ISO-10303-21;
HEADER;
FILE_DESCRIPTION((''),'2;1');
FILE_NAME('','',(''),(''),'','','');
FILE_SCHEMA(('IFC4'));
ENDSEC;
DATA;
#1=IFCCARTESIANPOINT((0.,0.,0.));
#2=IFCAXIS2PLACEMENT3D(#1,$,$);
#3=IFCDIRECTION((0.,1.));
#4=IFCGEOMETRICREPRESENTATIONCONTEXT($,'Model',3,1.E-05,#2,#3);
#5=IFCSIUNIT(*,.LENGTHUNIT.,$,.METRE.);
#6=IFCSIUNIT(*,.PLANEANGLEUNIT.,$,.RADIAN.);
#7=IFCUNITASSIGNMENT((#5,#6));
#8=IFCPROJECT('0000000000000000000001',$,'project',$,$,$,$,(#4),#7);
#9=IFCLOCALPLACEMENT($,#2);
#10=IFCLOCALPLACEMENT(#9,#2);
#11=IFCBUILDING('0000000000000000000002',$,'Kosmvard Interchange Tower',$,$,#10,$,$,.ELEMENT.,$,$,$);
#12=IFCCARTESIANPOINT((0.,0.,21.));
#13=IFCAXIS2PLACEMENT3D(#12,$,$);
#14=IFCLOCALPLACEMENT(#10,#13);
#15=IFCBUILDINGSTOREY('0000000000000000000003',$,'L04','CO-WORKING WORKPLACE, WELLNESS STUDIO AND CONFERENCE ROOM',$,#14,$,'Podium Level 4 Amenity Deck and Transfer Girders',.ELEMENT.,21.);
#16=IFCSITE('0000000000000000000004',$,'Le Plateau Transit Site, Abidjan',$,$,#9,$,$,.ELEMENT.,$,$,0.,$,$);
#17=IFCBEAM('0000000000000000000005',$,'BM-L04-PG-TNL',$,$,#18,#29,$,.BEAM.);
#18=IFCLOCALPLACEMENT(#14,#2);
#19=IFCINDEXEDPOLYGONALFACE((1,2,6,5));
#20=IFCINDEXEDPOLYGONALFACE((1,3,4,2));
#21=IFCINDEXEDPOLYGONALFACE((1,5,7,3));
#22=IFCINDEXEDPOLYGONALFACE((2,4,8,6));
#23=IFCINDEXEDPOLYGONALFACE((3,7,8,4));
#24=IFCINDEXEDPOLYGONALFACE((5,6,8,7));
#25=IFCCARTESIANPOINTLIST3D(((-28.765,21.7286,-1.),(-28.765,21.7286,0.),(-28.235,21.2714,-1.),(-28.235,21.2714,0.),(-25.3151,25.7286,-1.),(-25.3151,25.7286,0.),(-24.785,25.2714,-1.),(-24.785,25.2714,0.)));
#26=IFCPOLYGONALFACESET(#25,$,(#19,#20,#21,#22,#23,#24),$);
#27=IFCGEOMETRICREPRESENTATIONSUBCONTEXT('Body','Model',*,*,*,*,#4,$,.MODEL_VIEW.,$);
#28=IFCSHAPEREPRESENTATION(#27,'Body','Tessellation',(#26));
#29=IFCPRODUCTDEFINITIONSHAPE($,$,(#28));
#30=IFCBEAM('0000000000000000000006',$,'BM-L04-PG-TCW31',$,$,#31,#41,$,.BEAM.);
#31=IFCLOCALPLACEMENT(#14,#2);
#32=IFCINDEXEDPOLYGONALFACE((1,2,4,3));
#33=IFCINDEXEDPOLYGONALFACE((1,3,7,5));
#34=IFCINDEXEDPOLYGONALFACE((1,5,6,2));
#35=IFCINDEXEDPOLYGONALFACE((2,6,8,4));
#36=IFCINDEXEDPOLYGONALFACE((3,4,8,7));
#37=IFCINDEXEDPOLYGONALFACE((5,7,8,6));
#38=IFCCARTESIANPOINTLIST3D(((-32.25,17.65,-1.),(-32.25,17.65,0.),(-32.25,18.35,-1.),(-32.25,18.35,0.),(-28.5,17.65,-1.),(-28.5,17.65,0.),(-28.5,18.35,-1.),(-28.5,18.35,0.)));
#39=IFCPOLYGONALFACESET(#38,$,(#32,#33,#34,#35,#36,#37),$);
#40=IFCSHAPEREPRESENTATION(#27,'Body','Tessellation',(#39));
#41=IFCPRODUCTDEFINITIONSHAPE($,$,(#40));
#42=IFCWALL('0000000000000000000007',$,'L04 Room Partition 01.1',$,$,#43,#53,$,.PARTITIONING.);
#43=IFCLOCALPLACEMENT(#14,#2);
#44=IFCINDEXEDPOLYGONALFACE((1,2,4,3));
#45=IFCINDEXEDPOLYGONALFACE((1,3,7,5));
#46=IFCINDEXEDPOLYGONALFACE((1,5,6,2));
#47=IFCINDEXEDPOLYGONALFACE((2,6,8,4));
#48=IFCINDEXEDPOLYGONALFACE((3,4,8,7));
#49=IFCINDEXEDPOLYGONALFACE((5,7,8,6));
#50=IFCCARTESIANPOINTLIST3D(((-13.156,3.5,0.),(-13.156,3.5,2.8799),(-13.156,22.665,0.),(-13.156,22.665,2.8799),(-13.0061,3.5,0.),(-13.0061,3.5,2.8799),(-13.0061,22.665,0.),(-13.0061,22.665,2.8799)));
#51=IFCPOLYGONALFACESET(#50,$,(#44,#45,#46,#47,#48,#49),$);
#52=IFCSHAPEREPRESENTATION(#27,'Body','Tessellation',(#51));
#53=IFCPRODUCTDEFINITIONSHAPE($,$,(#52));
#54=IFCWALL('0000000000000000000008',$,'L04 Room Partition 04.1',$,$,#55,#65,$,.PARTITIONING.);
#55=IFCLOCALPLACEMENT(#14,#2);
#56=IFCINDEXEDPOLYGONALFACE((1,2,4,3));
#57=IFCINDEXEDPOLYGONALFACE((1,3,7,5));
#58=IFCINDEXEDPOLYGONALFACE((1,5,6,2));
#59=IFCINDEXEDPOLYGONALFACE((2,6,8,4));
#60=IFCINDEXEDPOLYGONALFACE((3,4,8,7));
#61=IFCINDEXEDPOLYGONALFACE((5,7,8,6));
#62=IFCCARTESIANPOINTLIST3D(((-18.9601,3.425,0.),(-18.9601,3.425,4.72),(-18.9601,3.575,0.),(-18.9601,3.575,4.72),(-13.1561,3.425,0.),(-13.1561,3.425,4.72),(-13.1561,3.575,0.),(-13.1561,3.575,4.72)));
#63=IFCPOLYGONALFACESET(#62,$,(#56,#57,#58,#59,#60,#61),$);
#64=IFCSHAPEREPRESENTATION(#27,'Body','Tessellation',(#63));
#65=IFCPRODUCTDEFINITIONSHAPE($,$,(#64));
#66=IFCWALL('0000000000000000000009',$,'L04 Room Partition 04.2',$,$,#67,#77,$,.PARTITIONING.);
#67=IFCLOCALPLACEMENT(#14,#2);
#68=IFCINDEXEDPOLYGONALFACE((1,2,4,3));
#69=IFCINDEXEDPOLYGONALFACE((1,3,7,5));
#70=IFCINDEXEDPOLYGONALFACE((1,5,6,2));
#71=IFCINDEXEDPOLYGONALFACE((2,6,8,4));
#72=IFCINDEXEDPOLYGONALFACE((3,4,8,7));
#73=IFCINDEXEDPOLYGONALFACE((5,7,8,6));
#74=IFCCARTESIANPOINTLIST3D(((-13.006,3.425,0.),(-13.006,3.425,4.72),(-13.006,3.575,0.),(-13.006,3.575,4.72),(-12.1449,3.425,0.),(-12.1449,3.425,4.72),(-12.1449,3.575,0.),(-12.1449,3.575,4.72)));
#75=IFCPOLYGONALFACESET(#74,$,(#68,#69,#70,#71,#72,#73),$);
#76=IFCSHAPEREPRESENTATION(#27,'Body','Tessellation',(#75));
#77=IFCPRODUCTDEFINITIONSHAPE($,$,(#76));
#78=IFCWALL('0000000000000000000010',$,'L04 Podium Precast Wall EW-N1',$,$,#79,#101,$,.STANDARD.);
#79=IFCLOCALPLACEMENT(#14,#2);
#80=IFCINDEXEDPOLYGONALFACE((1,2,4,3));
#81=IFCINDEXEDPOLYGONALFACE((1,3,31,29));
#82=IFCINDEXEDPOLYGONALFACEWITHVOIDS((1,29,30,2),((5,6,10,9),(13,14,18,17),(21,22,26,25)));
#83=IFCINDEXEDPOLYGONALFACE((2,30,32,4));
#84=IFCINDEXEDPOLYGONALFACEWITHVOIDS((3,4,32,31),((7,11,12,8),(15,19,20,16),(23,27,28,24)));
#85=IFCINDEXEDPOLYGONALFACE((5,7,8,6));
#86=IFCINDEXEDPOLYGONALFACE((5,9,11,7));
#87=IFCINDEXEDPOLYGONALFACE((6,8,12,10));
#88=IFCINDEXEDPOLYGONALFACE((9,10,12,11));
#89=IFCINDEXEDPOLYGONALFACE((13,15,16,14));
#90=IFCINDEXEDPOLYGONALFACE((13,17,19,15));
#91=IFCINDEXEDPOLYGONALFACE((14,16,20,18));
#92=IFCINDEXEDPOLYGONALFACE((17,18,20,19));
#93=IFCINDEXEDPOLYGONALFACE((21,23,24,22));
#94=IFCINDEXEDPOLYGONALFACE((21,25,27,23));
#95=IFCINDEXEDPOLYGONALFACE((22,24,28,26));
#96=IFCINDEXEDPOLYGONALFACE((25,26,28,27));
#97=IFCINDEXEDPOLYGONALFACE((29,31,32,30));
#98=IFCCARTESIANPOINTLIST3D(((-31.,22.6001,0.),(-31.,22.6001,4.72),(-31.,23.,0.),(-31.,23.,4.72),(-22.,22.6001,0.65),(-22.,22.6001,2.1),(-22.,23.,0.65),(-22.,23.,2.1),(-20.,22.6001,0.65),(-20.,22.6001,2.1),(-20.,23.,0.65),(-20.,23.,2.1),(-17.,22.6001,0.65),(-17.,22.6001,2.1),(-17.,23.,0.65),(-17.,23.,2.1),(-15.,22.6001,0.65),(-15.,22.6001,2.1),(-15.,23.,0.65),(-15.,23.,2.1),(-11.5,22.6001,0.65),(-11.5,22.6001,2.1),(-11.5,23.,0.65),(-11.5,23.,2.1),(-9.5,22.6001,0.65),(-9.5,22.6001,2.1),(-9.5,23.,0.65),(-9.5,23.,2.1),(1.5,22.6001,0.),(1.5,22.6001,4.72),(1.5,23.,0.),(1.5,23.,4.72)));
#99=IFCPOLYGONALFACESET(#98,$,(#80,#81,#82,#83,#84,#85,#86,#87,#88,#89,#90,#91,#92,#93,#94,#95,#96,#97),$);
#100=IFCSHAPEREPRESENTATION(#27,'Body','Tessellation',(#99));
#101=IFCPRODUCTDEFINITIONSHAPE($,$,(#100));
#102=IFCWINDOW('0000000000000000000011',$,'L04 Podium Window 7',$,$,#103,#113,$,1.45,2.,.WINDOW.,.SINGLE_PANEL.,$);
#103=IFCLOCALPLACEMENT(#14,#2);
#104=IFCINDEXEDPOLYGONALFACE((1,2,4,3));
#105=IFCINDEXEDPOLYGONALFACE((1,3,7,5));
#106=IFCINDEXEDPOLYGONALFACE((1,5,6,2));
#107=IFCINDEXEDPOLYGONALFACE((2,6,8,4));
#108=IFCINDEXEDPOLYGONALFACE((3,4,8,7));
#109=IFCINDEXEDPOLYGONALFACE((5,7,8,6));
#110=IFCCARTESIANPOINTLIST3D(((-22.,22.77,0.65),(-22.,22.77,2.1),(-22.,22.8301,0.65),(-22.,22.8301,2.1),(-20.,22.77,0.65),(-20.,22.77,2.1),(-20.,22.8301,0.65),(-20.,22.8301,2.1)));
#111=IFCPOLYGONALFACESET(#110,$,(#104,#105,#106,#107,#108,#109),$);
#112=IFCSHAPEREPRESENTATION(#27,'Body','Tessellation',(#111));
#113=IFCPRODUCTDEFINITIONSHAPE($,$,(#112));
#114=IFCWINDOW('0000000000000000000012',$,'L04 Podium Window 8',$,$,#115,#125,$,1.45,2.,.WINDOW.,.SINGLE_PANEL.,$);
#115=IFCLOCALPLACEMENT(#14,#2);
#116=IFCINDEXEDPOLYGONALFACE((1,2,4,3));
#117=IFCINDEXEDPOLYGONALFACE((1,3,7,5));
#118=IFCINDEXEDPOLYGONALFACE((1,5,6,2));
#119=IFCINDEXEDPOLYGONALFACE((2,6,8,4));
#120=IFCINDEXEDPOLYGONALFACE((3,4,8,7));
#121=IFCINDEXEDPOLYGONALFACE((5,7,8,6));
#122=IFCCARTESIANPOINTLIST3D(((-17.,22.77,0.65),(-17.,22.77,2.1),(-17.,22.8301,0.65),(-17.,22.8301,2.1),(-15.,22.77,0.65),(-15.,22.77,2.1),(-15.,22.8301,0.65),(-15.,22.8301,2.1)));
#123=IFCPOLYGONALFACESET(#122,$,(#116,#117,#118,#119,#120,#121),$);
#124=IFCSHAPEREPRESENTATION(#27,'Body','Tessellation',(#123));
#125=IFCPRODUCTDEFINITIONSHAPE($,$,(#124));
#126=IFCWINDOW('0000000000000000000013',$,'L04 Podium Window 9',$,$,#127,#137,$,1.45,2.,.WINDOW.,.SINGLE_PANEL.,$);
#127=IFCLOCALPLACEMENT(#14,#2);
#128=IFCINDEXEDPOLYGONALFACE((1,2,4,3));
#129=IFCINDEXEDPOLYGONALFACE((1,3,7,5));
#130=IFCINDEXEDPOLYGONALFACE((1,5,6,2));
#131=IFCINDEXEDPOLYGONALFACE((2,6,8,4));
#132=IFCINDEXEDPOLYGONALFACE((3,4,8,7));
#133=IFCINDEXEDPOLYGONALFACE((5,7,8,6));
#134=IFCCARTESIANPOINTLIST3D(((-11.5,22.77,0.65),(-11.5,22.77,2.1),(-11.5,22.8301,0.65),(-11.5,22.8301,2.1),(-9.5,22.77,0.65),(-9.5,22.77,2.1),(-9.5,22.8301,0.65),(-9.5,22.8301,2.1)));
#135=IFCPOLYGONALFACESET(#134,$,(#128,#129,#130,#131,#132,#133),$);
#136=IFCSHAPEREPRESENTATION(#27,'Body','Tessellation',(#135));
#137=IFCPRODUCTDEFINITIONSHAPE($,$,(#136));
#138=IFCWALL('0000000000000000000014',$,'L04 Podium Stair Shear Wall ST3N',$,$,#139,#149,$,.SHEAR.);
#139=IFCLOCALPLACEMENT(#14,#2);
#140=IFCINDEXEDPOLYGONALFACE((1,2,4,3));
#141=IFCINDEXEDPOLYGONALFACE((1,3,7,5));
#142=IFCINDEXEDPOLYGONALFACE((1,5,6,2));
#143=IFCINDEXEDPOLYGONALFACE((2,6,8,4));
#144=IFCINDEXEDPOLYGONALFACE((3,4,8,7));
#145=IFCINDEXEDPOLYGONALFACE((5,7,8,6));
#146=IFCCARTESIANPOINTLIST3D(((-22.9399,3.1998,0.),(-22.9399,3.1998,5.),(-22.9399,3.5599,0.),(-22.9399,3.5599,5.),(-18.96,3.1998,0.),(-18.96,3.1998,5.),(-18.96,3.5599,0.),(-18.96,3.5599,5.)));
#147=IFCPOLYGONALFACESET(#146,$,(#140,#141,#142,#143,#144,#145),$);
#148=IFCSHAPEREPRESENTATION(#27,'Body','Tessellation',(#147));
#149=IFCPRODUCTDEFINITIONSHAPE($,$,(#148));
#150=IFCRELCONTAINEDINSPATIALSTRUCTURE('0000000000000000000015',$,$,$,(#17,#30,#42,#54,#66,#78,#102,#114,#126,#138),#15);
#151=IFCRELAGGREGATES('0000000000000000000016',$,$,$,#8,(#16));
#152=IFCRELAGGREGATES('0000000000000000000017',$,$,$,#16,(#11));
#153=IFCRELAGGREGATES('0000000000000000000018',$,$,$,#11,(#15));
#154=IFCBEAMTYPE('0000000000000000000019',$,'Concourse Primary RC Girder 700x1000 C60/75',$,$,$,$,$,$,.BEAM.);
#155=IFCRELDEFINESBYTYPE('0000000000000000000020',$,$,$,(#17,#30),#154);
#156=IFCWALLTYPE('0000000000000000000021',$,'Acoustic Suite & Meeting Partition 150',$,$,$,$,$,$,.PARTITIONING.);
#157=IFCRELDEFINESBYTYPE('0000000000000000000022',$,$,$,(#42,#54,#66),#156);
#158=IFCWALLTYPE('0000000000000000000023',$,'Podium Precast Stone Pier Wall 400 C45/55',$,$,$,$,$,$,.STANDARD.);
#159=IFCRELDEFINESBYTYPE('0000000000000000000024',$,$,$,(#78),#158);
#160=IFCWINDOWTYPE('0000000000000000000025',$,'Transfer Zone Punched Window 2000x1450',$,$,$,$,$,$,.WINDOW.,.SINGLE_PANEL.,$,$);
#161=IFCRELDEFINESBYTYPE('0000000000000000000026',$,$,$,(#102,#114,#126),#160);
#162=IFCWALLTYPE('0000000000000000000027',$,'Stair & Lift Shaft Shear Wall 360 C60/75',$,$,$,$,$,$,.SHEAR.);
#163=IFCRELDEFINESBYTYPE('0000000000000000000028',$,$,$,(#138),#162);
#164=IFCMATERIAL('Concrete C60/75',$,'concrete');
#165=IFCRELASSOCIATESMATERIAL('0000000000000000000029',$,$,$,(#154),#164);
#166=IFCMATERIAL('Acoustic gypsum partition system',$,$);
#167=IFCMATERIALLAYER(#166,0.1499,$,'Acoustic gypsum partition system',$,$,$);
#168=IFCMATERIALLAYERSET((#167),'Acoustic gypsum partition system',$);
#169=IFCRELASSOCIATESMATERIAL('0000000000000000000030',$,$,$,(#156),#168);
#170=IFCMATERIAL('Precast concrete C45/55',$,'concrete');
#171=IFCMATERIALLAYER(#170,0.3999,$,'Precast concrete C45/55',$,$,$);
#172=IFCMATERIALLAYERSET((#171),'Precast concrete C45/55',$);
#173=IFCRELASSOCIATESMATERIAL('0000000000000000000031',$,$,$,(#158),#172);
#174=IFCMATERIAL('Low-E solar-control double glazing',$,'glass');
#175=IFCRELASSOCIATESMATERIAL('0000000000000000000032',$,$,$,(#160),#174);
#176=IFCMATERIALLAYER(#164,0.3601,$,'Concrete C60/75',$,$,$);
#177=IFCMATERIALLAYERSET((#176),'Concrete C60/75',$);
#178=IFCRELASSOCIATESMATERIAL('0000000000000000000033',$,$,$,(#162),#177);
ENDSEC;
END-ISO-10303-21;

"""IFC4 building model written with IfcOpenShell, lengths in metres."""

from ifc_helpers import new_model, si_unit, direction, frame, frame_2d, origin, origin_2d, place, context, subcontext, project, spatial, rectangle, extrude, source, transform, mapped, material, layer, layer_set, material_profile, profile_set, type_object, element, fill, save


model = new_model("IFC4")

# Units and contexts
model_context = context("Model", 3, precision=1e-05, world=origin(), true_north=direction((0.0, 1.0)))
body_context = subcontext(model_context, "Body", "Model", "MODEL_VIEW")
ifc_project = project(units=[si_unit("LENGTHUNIT", "METRE"), si_unit("PLANEANGLEUNIT", "RADIAN")], contexts=[model_context])

# Site, building, storey
site_placement = place(None, origin())
site = spatial("IfcSite", under=ifc_project, at=site_placement, Name="Le Plateau Transit Site, Abidjan", CompositionType="ELEMENT", RefElevation=0.0)
building_placement = place(site_placement, origin())
building = spatial("IfcBuilding", under=site, at=building_placement, Name="Kosmvard Interchange Tower", CompositionType="ELEMENT")
storey_placement = place(building_placement, frame((0.0, 0.0, 21.0)))
storey = spatial("IfcBuildingStorey", under=building, at=storey_placement, Name="L04", Description="CO-WORKING WORKPLACE, WELLNESS STUDIO AND CONFERENCE ROOM", LongName="Podium Level 4 Amenity Deck and Transfer Girders", CompositionType="ELEMENT", Elevation=21.0)

# Shared definitions
ifc_material_1 = material(Name="Concrete C60/75", Category="concrete")

# Beams
ifc_material_profile_1 = material_profile(ifc_material_1, rectangle(XDim=0.7, YDim=1.0, at=origin_2d()), Name="RCG 700x1000")
ifc_profile_set_1 = profile_set([ifc_material_profile_1], Name="Concrete C60/75")
beam_type_1 = type_object("IfcBeamType", Name="Concourse Primary RC Girder 700x1000 C60/75", PredefinedType="BEAM", material=ifc_profile_set_1)
shared_shape_1 = source(origin(), body_context, "Body", "SweptSolid", [
    extrude(rectangle(XDim=0.7, YDim=1.0, at=origin_2d()), origin(), (0.0, 0.0, 1.0), 5.2822),
])
beam_1_placement = place(storey_placement, frame((-25.05, 25.5, -0.5), z_axis=(-0.653122, -0.757253, 0.0), x_axis=(0.757253, -0.653122, 0.0)))
element("IfcBeam", 1, at=beam_1_placement, inside=storey, type_object=beam_type_1, Name="BM-L04-PG-TNL", PredefinedType="BEAM", context=body_context, shape_type="MappedRepresentation", body=[
    mapped(shared_shape_1, transform((0.0, 0.0, 0.0), scale=1.0)),
])
shared_shape_2 = source(origin(), body_context, "Body", "SweptSolid", [
    extrude(rectangle(XDim=0.7, YDim=1.0, at=origin_2d()), origin(), (0.0, 0.0, 1.0), 3.75),
])
beam_2_placement = place(storey_placement, frame((-28.5, 18.0, -0.5), z_axis=(-1.0, 0.0, 0.0), x_axis=(0.0, -1.0, 0.0)))
element("IfcBeam", 2, at=beam_2_placement, inside=storey, type_object=beam_type_1, Name="BM-L04-PG-TCW31", PredefinedType="BEAM", context=body_context, shape_type="MappedRepresentation", body=[
    mapped(shared_shape_2, transform((0.0, 0.0, 0.0), scale=1.0)),
])

# Walls
ifc_material_2 = material(Name="Acoustic gypsum partition system")
ifc_layer_1 = layer(ifc_material_2, 0.1499, Name="Acoustic gypsum partition system")
ifc_layer_set_1 = layer_set([ifc_layer_1], Name="Acoustic gypsum partition system")
wall_type_1 = type_object("IfcWallType", Name="Acoustic Suite & Meeting Partition 150", PredefinedType="PARTITIONING", material=ifc_layer_set_1)
wall_1_placement = place(storey_placement, frame((-13.0811, 3.5, 0.0), z_axis=(0.0, 0.0, 1.0), x_axis=(0.0, 1.0, 0.0)))
element("IfcWall", 3, at=wall_1_placement, inside=storey, type_object=wall_type_1, Name="L04 Room Partition 01.1", PredefinedType="PARTITIONING", context=body_context, shape_type="SweptSolid", body=[
    extrude(rectangle(XDim=19.165, YDim=0.1499, at=frame_2d((9.5825, 0.0))), origin(), (0.0, 0.0, 1.0), 2.8799),
])
wall_2_placement = place(storey_placement, frame((-18.96, 3.5, 0.0), z_axis=(0.0, 0.0, 1.0), x_axis=(1.0, 0.0, 0.0)))
element("IfcWall", 4, at=wall_2_placement, inside=storey, type_object=wall_type_1, Name="L04 Room Partition 04.1", PredefinedType="PARTITIONING", context=body_context, shape_type="SweptSolid", body=[
    extrude(rectangle(XDim=5.804, YDim=0.1499, at=frame_2d((2.9019, 0.0))), origin(), (0.0, 0.0, 1.0), 4.72),
])
wall_3_placement = place(storey_placement, frame((-13.0061, 3.5, 0.0), z_axis=(0.0, 0.0, 1.0), x_axis=(1.0, 0.0, 0.0)))
element("IfcWall", 5, at=wall_3_placement, inside=storey, type_object=wall_type_1, Name="L04 Room Partition 04.2", PredefinedType="PARTITIONING", context=body_context, shape_type="SweptSolid", body=[
    extrude(rectangle(XDim=0.8611, YDim=0.1499, at=frame_2d((0.4307, 0.0))), origin(), (0.0, 0.0, 1.0), 4.72),
])

# Wall, openings, windows
ifc_material_3 = material(Name="Precast concrete C45/55", Category="concrete")
ifc_layer_2 = layer(ifc_material_3, 0.3999, Name="Precast concrete C45/55")
ifc_layer_set_2 = layer_set([ifc_layer_2], Name="Precast concrete C45/55")
wall_type_2 = type_object("IfcWallType", Name="Podium Precast Stone Pier Wall 400 C45/55", PredefinedType="STANDARD", material=ifc_layer_set_2)
wall_4_placement = place(storey_placement, frame((-31.0, 22.8, 0.0), z_axis=(0.0, 0.0, 1.0), x_axis=(1.0, 0.0, 0.0)))
wall_4 = element("IfcWall", 6, at=wall_4_placement, inside=storey, type_object=wall_type_2, Name="L04 Podium Precast Wall EW-N1", PredefinedType="STANDARD", context=body_context, shape_type="SweptSolid", body=[
    extrude(rectangle(XDim=32.5, YDim=0.3999, at=frame_2d((16.25, 0.0))), origin(), (0.0, 0.0, 1.0), 4.72),
])
opening_1_placement = place(wall_4_placement, frame((9.0, 0.0, 0.6499)))
opening_1 = element("IfcOpeningElement", 7, at=opening_1_placement, cuts=wall_4, PredefinedType="OPENING", context=body_context, shape_type="SweptSolid", body=[
    extrude(rectangle(XDim=2.0, YDim=1.45, at=frame_2d((1.0, 0.7251))), frame((0.0, 0.21, 0.0), z_axis=(0.0, -1.0, 0.0), x_axis=(1.0, 0.0, 0.0)), (0.0, 0.0, 1.0), 0.4199),
])
opening_2_placement = place(wall_4_placement, frame((14.0, 0.0, 0.6499)))
opening_2 = element("IfcOpeningElement", 8, at=opening_2_placement, cuts=wall_4, PredefinedType="OPENING", context=body_context, shape_type="SweptSolid", body=[
    extrude(rectangle(XDim=2.0, YDim=1.45, at=frame_2d((1.0, 0.7251))), frame((0.0, 0.21, 0.0), z_axis=(0.0, -1.0, 0.0), x_axis=(1.0, 0.0, 0.0)), (0.0, 0.0, 1.0), 0.4199),
])
opening_3_placement = place(wall_4_placement, frame((19.5, 0.0, 0.6499)))
opening_3 = element("IfcOpeningElement", 9, at=opening_3_placement, cuts=wall_4, PredefinedType="OPENING", context=body_context, shape_type="SweptSolid", body=[
    extrude(rectangle(XDim=2.0, YDim=1.45, at=frame_2d((1.0, 0.7251))), frame((0.0, 0.21, 0.0), z_axis=(0.0, -1.0, 0.0), x_axis=(1.0, 0.0, 0.0)), (0.0, 0.0, 1.0), 0.4199),
])
ifc_material_4 = material(Name="Low-E solar-control double glazing", Category="glass")
window_type = type_object("IfcWindowType", Name="Transfer Zone Punched Window 2000x1450", PartitioningType="SINGLE_PANEL", PredefinedType="WINDOW", material=ifc_material_4)
shared_shape_3 = source(origin(), body_context, "Body", "SweptSolid", [
    extrude(rectangle(XDim=2.0, YDim=1.45, at=frame_2d((1.0, 0.7251))), frame((0.0, 0.03, 0.0), z_axis=(0.0, -1.0, 0.0), x_axis=(1.0, 0.0, 0.0)), (0.0, 0.0, 1.0), 0.0601),
])
window_1_placement = place(opening_1_placement, origin())
window_1 = element("IfcWindow", 10, at=window_1_placement, inside=storey, type_object=window_type, Name="L04 Podium Window 7", OverallHeight=1.45, OverallWidth=2.0, PartitioningType="SINGLE_PANEL", PredefinedType="WINDOW", context=body_context, shape_type="MappedRepresentation", body=[
    mapped(shared_shape_3, transform((0.0, 0.0, 0.0), scale=1.0)),
])
fill(opening_1, window_1)
window_2_placement = place(opening_2_placement, origin())
window_2 = element("IfcWindow", 11, at=window_2_placement, inside=storey, type_object=window_type, Name="L04 Podium Window 8", OverallHeight=1.45, OverallWidth=2.0, PartitioningType="SINGLE_PANEL", PredefinedType="WINDOW", context=body_context, shape_type="MappedRepresentation", body=[
    mapped(shared_shape_3, transform((0.0, 0.0, 0.0), scale=1.0)),
])
fill(opening_2, window_2)
window_3_placement = place(opening_3_placement, origin())
window_3 = element("IfcWindow", 12, at=window_3_placement, inside=storey, type_object=window_type, Name="L04 Podium Window 9", OverallHeight=1.45, OverallWidth=2.0, PartitioningType="SINGLE_PANEL", PredefinedType="WINDOW", context=body_context, shape_type="MappedRepresentation", body=[
    mapped(shared_shape_3, transform((0.0, 0.0, 0.0), scale=1.0)),
])
fill(opening_3, window_3)

# Wall
ifc_layer_3 = layer(ifc_material_1, 0.3601, Name="Concrete C60/75")
ifc_layer_set_3 = layer_set([ifc_layer_3], Name="Concrete C60/75")
wall_type_3 = type_object("IfcWallType", Name="Stair & Lift Shaft Shear Wall 360 C60/75", PredefinedType="SHEAR", material=ifc_layer_set_3)
wall_5_placement = place(storey_placement, frame((-22.9399, 3.3799, 0.0), z_axis=(0.0, 0.0, 1.0), x_axis=(1.0, 0.0, 0.0)))
element("IfcWall", 13, at=wall_5_placement, inside=storey, type_object=wall_type_3, Name="L04 Podium Stair Shear Wall ST3N", PredefinedType="SHEAR", context=body_context, shape_type="SweptSolid", body=[
    extrude(rectangle(XDim=3.98, YDim=0.3601, at=frame_2d((1.99, 0.0))), origin(), (0.0, 0.0, 1.0), 5.0),
])

save(model, "model.ifc")
